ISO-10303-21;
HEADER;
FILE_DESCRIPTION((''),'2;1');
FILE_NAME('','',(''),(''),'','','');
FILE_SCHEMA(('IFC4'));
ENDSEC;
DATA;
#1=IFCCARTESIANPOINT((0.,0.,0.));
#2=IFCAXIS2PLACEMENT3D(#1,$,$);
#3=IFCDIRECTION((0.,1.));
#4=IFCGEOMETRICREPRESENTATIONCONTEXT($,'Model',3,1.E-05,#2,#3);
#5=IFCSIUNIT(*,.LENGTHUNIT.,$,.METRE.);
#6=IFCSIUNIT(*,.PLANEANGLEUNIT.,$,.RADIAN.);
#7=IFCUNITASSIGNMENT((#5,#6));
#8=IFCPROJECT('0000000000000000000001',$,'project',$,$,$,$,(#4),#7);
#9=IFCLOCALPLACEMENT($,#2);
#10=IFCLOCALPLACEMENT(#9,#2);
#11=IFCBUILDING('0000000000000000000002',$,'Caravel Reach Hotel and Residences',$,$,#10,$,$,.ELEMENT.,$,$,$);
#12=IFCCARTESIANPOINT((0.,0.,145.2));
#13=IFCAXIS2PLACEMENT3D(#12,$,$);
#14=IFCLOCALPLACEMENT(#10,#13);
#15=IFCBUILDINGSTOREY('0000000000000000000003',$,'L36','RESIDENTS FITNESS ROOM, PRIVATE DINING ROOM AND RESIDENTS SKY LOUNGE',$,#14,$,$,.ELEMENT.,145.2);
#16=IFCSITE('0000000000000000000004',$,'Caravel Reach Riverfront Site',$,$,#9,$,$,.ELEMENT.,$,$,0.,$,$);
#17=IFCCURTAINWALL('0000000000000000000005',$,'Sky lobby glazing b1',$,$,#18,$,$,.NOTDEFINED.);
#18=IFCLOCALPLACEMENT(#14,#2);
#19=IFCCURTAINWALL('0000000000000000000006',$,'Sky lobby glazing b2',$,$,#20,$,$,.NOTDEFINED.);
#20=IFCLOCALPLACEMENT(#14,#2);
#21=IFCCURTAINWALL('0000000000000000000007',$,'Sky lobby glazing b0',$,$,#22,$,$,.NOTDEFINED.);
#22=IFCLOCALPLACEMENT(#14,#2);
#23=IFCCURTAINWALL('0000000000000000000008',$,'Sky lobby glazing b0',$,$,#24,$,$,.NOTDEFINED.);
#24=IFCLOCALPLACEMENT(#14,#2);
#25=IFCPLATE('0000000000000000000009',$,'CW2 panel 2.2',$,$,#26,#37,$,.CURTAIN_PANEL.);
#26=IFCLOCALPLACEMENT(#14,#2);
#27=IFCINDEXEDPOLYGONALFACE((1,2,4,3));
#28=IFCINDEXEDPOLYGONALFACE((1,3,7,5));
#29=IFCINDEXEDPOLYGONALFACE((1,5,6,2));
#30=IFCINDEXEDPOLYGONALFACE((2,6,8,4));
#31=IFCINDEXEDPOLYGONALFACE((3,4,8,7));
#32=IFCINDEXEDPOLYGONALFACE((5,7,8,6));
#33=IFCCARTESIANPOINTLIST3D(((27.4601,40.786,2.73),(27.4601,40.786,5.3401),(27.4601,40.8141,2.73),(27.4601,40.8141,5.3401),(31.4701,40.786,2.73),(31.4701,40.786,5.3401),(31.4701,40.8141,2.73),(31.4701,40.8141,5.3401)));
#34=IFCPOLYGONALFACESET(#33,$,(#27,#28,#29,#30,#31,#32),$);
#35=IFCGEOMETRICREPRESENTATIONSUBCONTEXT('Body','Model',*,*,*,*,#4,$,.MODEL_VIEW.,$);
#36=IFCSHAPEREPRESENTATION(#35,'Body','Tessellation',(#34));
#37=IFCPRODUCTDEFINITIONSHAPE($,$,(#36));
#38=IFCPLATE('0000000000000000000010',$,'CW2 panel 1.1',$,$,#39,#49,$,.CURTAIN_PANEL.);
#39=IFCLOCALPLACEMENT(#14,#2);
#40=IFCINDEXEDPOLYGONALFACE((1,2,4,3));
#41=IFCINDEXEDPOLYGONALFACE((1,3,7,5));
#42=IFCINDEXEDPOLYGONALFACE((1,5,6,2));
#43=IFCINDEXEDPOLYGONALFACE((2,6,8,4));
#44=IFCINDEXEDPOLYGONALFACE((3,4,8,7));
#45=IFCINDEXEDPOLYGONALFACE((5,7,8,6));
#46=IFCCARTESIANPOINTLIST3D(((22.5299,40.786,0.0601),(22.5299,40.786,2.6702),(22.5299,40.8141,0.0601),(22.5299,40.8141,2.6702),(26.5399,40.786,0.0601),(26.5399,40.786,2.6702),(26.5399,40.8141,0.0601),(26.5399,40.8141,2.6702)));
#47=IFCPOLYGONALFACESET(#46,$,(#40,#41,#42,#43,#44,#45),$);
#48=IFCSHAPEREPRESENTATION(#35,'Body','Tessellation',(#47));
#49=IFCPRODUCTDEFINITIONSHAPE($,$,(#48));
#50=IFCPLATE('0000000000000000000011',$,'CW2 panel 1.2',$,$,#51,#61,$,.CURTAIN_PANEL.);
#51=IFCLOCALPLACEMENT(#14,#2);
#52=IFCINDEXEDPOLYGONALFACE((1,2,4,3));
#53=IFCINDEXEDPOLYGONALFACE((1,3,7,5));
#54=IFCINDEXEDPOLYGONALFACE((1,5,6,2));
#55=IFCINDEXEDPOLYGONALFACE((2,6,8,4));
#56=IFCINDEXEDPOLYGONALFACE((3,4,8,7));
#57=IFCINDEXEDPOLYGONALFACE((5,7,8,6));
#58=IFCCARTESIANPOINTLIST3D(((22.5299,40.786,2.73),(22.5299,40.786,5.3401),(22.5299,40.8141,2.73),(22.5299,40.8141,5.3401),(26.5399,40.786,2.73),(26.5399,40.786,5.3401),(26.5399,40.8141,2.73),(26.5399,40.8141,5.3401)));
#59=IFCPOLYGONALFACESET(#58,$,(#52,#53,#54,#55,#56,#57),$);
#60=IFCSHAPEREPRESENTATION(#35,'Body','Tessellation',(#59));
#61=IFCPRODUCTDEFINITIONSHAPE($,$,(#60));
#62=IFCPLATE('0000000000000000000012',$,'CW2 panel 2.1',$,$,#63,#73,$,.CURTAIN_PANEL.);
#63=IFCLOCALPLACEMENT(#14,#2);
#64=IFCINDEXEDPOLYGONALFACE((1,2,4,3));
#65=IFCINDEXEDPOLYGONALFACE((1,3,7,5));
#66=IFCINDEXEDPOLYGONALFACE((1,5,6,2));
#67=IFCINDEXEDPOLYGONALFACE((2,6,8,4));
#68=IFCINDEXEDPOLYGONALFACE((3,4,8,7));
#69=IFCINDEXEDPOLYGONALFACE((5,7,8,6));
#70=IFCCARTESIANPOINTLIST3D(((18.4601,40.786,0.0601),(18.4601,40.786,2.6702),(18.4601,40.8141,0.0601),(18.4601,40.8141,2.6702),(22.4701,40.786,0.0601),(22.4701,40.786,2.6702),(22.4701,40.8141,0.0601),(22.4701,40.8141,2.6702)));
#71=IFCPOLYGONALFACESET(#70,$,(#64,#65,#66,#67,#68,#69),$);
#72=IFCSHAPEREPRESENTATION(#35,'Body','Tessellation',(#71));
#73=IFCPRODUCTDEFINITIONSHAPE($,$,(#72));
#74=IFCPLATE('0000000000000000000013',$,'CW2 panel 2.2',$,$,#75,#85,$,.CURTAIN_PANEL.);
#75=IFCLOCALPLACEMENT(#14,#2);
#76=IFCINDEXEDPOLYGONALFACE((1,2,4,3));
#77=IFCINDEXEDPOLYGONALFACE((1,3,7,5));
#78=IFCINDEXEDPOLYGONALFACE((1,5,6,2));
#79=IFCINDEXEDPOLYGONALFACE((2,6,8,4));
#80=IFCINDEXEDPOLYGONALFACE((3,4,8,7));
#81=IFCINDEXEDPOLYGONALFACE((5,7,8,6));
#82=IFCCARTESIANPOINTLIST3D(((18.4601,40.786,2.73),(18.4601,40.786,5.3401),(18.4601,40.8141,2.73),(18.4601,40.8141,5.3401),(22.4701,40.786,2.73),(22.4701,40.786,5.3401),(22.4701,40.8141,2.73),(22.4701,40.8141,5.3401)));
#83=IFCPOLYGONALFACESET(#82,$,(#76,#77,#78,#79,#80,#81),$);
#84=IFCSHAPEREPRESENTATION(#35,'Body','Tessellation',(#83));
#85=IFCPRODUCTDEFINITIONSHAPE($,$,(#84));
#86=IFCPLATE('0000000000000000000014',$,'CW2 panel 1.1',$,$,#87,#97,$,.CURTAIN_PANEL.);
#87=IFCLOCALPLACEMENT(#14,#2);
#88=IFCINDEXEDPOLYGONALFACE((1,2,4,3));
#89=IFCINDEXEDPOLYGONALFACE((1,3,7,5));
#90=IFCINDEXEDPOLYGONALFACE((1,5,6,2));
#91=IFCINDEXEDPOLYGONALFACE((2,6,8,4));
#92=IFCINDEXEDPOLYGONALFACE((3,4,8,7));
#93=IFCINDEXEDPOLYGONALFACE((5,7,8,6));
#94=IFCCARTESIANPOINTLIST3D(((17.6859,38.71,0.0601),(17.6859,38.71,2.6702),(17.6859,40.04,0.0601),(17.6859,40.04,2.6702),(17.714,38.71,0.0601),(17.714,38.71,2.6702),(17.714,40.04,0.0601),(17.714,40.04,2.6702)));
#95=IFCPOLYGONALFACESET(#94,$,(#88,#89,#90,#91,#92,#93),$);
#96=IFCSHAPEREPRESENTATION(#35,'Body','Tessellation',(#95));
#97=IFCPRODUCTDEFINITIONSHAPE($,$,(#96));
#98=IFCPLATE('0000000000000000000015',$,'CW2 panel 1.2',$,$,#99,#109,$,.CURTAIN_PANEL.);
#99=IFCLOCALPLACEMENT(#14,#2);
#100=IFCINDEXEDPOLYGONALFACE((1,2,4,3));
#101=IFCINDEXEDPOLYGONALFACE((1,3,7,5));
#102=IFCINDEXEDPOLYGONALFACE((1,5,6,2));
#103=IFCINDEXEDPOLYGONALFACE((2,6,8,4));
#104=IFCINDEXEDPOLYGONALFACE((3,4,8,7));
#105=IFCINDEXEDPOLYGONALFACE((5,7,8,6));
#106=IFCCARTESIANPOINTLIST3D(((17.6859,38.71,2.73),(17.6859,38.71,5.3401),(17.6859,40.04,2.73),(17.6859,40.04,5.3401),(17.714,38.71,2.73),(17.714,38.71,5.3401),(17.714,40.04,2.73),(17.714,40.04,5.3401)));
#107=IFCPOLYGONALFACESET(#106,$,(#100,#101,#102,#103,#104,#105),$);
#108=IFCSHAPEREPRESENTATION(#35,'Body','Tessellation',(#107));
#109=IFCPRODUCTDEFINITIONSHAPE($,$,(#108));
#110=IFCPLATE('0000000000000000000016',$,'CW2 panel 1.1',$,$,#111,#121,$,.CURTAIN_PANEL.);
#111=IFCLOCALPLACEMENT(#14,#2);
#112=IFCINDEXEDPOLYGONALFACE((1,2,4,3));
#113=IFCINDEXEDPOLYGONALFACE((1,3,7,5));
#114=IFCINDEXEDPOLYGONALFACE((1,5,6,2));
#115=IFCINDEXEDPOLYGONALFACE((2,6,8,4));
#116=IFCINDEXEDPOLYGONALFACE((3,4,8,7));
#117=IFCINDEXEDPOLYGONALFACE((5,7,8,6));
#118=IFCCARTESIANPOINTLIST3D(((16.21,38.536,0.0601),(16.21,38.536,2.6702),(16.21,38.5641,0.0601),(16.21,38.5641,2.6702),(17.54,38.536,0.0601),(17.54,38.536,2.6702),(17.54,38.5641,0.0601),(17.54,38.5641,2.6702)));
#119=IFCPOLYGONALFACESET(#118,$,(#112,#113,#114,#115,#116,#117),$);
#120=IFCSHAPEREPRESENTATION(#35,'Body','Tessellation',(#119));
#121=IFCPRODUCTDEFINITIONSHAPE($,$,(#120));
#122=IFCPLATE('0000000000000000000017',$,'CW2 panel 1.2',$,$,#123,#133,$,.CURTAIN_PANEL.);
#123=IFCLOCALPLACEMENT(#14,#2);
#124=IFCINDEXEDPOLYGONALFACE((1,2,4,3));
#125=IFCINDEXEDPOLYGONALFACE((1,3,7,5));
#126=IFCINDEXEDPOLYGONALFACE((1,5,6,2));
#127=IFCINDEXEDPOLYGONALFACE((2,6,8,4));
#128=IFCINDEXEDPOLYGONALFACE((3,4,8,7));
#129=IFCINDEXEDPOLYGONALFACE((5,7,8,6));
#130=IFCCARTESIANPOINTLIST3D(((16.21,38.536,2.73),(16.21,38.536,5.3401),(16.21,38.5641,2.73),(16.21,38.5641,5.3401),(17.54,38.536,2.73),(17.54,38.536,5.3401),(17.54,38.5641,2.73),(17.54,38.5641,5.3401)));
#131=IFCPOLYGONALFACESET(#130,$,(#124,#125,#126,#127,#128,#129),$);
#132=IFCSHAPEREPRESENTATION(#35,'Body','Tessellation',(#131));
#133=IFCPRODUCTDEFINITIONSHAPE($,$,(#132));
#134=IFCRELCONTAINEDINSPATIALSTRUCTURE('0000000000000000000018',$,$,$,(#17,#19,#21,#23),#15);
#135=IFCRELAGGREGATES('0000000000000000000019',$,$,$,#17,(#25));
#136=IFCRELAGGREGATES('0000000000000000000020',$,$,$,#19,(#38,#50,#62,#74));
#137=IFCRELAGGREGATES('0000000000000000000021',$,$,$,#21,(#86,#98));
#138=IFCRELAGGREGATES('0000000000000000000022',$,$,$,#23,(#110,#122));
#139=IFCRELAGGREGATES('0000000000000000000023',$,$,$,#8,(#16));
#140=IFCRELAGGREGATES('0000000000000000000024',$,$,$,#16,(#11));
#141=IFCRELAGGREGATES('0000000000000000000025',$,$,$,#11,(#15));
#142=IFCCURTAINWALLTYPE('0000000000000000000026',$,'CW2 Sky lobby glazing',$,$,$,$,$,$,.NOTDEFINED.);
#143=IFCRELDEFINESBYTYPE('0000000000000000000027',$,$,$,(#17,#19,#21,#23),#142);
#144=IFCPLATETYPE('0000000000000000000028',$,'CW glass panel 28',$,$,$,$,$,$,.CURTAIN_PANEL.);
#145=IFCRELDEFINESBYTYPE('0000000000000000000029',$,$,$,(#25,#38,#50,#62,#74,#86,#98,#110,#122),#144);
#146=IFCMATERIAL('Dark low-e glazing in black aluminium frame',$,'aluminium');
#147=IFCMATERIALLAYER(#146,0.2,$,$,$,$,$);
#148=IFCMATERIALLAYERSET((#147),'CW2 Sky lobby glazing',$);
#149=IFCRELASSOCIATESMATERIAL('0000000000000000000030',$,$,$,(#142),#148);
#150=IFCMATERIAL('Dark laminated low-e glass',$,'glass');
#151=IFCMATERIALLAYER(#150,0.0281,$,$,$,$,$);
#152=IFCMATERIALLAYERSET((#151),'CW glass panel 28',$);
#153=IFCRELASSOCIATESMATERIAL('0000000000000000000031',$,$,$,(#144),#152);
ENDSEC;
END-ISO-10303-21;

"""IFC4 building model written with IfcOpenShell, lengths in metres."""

from ifc_helpers import new_model, si_unit, direction, frame, origin, origin_2d, place, context, subcontext, project, spatial, rectangle, extrude, material, layer, layer_set, type_object, element, aggregate, save


model = new_model("IFC4")

# Units and contexts
model_context = context("Model", 3, precision=1e-05, world=origin(), true_north=direction((0.0, 1.0)))
body_context = subcontext(model_context, "Body", "Model", "MODEL_VIEW")
ifc_project = project(units=[si_unit("LENGTHUNIT", "METRE"), si_unit("PLANEANGLEUNIT", "RADIAN")], contexts=[model_context])

# Site, building, storey
site_placement = place(None, origin())
site = spatial("IfcSite", under=ifc_project, at=site_placement, Name="Caravel Reach Riverfront Site", CompositionType="ELEMENT", RefElevation=0.0)
building_placement = place(site_placement, origin())
building = spatial("IfcBuilding", under=site, at=building_placement, Name="Caravel Reach Hotel and Residences", CompositionType="ELEMENT")
storey_placement = place(building_placement, frame((0.0, 0.0, 145.2)))
storey = spatial("IfcBuildingStorey", under=building, at=storey_placement, Name="L36", Description="RESIDENTS FITNESS ROOM, PRIVATE DINING ROOM AND RESIDENTS SKY LOUNGE", CompositionType="ELEMENT", Elevation=145.2)

# Curtain wall
ifc_material_1 = material(Name="Dark low-e glazing in black aluminium frame", Category="aluminium")
ifc_layer_1 = layer(ifc_material_1, 0.2)
ifc_layer_set_1 = layer_set([ifc_layer_1], Name="CW2 Sky lobby glazing")
curtain_wall_type = type_object("IfcCurtainWallType", Name="CW2 Sky lobby glazing", PredefinedType="NOTDEFINED", material=ifc_layer_set_1)
curtain_wall_1_placement = place(storey_placement, origin())
curtain_wall_1 = element("IfcCurtainWall", 1, at=curtain_wall_1_placement, inside=storey, type_object=curtain_wall_type, Name="Sky lobby glazing b1", PredefinedType="NOTDEFINED")

# Curtain walls
curtain_wall_2_placement = place(storey_placement, origin())
curtain_wall_2 = element("IfcCurtainWall", 2, at=curtain_wall_2_placement, inside=storey, type_object=curtain_wall_type, Name="Sky lobby glazing b2", PredefinedType="NOTDEFINED")
curtain_wall_3_placement = place(storey_placement, origin())
curtain_wall_3 = element("IfcCurtainWall", 3, at=curtain_wall_3_placement, inside=storey, type_object=curtain_wall_type, Name="Sky lobby glazing b0", PredefinedType="NOTDEFINED")
curtain_wall_4_placement = place(storey_placement, origin())
curtain_wall_4 = element("IfcCurtainWall", 4, at=curtain_wall_4_placement, inside=storey, type_object=curtain_wall_type, Name="Sky lobby glazing b0", PredefinedType="NOTDEFINED")

# Plates
ifc_material_2 = material(Name="Dark laminated low-e glass", Category="glass")
ifc_layer_2 = layer(ifc_material_2, 0.0281)
ifc_layer_set_2 = layer_set([ifc_layer_2], Name="CW glass panel 28")
plate_type = type_object("IfcPlateType", Name="CW glass panel 28", PredefinedType="CURTAIN_PANEL", material=ifc_layer_set_2)
plate_1_placement = place(storey_placement, frame((29.4651, 40.8, 2.73), z_axis=(0.0, 0.0, 1.0), x_axis=(-1.0, 0.0, 0.0)))
plate_1 = element("IfcPlate", 5, at=plate_1_placement, type_object=plate_type, Name="CW2 panel 2.2", PredefinedType="CURTAIN_PANEL", context=body_context, shape_type="SweptSolid", body=[
    extrude(rectangle(XDim=4.01, YDim=0.0281, at=origin_2d()), origin(), (0.0, 0.0, 1.0), 2.6101),
])
aggregate(curtain_wall_1, [plate_1])
plate_2_placement = place(storey_placement, frame((24.5349, 40.8, 0.0601), z_axis=(0.0, 0.0, 1.0), x_axis=(-1.0, 0.0, 0.0)))
plate_2 = element("IfcPlate", 6, at=plate_2_placement, type_object=plate_type, Name="CW2 panel 1.1", PredefinedType="CURTAIN_PANEL", context=body_context, shape_type="SweptSolid", body=[
    extrude(rectangle(XDim=4.01, YDim=0.0281, at=origin_2d()), origin(), (0.0, 0.0, 1.0), 2.6101),
])
plate_3_placement = place(storey_placement, frame((24.5349, 40.8, 2.73), z_axis=(0.0, 0.0, 1.0), x_axis=(-1.0, 0.0, 0.0)))
plate_3 = element("IfcPlate", 7, at=plate_3_placement, type_object=plate_type, Name="CW2 panel 1.2", PredefinedType="CURTAIN_PANEL", context=body_context, shape_type="SweptSolid", body=[
    extrude(rectangle(XDim=4.01, YDim=0.0281, at=origin_2d()), origin(), (0.0, 0.0, 1.0), 2.6101),
])
plate_4_placement = place(storey_placement, frame((20.4651, 40.8, 0.0601), z_axis=(0.0, 0.0, 1.0), x_axis=(-1.0, 0.0, 0.0)))
plate_4 = element("IfcPlate", 8, at=plate_4_placement, type_object=plate_type, Name="CW2 panel 2.1", PredefinedType="CURTAIN_PANEL", context=body_context, shape_type="SweptSolid", body=[
    extrude(rectangle(XDim=4.01, YDim=0.0281, at=origin_2d()), origin(), (0.0, 0.0, 1.0), 2.6101),
])
plate_5_placement = place(storey_placement, frame((20.4651, 40.8, 2.73), z_axis=(0.0, 0.0, 1.0), x_axis=(-1.0, 0.0, 0.0)))
plate_5 = element("IfcPlate", 9, at=plate_5_placement, type_object=plate_type, Name="CW2 panel 2.2", PredefinedType="CURTAIN_PANEL", context=body_context, shape_type="SweptSolid", body=[
    extrude(rectangle(XDim=4.01, YDim=0.0281, at=origin_2d()), origin(), (0.0, 0.0, 1.0), 2.6101),
])
aggregate(curtain_wall_2, [plate_2, plate_3, plate_4, plate_5])
plate_6_placement = place(storey_placement, frame((17.7, 39.375, 0.0601), z_axis=(0.0, 0.0, 1.0), x_axis=(0.0, -1.0, 0.0)))
plate_6 = element("IfcPlate", 10, at=plate_6_placement, type_object=plate_type, Name="CW2 panel 1.1", PredefinedType="CURTAIN_PANEL", context=body_context, shape_type="SweptSolid", body=[
    extrude(rectangle(XDim=1.3301, YDim=0.0281, at=origin_2d()), origin(), (0.0, 0.0, 1.0), 2.6101),
])
plate_7_placement = place(storey_placement, frame((17.7, 39.375, 2.73), z_axis=(0.0, 0.0, 1.0), x_axis=(0.0, -1.0, 0.0)))
plate_7 = element("IfcPlate", 11, at=plate_7_placement, type_object=plate_type, Name="CW2 panel 1.2", PredefinedType="CURTAIN_PANEL", context=body_context, shape_type="SweptSolid", body=[
    extrude(rectangle(XDim=1.3301, YDim=0.0281, at=origin_2d()), origin(), (0.0, 0.0, 1.0), 2.6101),
])
aggregate(curtain_wall_3, [plate_6, plate_7])
plate_8_placement = place(storey_placement, frame((16.875, 38.55, 0.0601), z_axis=(0.0, 0.0, 1.0), x_axis=(-1.0, 0.0, 0.0)))
plate_8 = element("IfcPlate", 12, at=plate_8_placement, type_object=plate_type, Name="CW2 panel 1.1", PredefinedType="CURTAIN_PANEL", context=body_context, shape_type="SweptSolid", body=[
    extrude(rectangle(XDim=1.3301, YDim=0.0281, at=origin_2d()), origin(), (0.0, 0.0, 1.0), 2.6101),
])
plate_9_placement = place(storey_placement, frame((16.875, 38.55, 2.73), z_axis=(0.0, 0.0, 1.0), x_axis=(-1.0, 0.0, 0.0)))
plate_9 = element("IfcPlate", 13, at=plate_9_placement, type_object=plate_type, Name="CW2 panel 1.2", PredefinedType="CURTAIN_PANEL", context=body_context, shape_type="SweptSolid", body=[
    extrude(rectangle(XDim=1.3301, YDim=0.0281, at=origin_2d()), origin(), (0.0, 0.0, 1.0), 2.6101),
])
aggregate(curtain_wall_4, [plate_8, plate_9])

save(model, "model.ifc")
